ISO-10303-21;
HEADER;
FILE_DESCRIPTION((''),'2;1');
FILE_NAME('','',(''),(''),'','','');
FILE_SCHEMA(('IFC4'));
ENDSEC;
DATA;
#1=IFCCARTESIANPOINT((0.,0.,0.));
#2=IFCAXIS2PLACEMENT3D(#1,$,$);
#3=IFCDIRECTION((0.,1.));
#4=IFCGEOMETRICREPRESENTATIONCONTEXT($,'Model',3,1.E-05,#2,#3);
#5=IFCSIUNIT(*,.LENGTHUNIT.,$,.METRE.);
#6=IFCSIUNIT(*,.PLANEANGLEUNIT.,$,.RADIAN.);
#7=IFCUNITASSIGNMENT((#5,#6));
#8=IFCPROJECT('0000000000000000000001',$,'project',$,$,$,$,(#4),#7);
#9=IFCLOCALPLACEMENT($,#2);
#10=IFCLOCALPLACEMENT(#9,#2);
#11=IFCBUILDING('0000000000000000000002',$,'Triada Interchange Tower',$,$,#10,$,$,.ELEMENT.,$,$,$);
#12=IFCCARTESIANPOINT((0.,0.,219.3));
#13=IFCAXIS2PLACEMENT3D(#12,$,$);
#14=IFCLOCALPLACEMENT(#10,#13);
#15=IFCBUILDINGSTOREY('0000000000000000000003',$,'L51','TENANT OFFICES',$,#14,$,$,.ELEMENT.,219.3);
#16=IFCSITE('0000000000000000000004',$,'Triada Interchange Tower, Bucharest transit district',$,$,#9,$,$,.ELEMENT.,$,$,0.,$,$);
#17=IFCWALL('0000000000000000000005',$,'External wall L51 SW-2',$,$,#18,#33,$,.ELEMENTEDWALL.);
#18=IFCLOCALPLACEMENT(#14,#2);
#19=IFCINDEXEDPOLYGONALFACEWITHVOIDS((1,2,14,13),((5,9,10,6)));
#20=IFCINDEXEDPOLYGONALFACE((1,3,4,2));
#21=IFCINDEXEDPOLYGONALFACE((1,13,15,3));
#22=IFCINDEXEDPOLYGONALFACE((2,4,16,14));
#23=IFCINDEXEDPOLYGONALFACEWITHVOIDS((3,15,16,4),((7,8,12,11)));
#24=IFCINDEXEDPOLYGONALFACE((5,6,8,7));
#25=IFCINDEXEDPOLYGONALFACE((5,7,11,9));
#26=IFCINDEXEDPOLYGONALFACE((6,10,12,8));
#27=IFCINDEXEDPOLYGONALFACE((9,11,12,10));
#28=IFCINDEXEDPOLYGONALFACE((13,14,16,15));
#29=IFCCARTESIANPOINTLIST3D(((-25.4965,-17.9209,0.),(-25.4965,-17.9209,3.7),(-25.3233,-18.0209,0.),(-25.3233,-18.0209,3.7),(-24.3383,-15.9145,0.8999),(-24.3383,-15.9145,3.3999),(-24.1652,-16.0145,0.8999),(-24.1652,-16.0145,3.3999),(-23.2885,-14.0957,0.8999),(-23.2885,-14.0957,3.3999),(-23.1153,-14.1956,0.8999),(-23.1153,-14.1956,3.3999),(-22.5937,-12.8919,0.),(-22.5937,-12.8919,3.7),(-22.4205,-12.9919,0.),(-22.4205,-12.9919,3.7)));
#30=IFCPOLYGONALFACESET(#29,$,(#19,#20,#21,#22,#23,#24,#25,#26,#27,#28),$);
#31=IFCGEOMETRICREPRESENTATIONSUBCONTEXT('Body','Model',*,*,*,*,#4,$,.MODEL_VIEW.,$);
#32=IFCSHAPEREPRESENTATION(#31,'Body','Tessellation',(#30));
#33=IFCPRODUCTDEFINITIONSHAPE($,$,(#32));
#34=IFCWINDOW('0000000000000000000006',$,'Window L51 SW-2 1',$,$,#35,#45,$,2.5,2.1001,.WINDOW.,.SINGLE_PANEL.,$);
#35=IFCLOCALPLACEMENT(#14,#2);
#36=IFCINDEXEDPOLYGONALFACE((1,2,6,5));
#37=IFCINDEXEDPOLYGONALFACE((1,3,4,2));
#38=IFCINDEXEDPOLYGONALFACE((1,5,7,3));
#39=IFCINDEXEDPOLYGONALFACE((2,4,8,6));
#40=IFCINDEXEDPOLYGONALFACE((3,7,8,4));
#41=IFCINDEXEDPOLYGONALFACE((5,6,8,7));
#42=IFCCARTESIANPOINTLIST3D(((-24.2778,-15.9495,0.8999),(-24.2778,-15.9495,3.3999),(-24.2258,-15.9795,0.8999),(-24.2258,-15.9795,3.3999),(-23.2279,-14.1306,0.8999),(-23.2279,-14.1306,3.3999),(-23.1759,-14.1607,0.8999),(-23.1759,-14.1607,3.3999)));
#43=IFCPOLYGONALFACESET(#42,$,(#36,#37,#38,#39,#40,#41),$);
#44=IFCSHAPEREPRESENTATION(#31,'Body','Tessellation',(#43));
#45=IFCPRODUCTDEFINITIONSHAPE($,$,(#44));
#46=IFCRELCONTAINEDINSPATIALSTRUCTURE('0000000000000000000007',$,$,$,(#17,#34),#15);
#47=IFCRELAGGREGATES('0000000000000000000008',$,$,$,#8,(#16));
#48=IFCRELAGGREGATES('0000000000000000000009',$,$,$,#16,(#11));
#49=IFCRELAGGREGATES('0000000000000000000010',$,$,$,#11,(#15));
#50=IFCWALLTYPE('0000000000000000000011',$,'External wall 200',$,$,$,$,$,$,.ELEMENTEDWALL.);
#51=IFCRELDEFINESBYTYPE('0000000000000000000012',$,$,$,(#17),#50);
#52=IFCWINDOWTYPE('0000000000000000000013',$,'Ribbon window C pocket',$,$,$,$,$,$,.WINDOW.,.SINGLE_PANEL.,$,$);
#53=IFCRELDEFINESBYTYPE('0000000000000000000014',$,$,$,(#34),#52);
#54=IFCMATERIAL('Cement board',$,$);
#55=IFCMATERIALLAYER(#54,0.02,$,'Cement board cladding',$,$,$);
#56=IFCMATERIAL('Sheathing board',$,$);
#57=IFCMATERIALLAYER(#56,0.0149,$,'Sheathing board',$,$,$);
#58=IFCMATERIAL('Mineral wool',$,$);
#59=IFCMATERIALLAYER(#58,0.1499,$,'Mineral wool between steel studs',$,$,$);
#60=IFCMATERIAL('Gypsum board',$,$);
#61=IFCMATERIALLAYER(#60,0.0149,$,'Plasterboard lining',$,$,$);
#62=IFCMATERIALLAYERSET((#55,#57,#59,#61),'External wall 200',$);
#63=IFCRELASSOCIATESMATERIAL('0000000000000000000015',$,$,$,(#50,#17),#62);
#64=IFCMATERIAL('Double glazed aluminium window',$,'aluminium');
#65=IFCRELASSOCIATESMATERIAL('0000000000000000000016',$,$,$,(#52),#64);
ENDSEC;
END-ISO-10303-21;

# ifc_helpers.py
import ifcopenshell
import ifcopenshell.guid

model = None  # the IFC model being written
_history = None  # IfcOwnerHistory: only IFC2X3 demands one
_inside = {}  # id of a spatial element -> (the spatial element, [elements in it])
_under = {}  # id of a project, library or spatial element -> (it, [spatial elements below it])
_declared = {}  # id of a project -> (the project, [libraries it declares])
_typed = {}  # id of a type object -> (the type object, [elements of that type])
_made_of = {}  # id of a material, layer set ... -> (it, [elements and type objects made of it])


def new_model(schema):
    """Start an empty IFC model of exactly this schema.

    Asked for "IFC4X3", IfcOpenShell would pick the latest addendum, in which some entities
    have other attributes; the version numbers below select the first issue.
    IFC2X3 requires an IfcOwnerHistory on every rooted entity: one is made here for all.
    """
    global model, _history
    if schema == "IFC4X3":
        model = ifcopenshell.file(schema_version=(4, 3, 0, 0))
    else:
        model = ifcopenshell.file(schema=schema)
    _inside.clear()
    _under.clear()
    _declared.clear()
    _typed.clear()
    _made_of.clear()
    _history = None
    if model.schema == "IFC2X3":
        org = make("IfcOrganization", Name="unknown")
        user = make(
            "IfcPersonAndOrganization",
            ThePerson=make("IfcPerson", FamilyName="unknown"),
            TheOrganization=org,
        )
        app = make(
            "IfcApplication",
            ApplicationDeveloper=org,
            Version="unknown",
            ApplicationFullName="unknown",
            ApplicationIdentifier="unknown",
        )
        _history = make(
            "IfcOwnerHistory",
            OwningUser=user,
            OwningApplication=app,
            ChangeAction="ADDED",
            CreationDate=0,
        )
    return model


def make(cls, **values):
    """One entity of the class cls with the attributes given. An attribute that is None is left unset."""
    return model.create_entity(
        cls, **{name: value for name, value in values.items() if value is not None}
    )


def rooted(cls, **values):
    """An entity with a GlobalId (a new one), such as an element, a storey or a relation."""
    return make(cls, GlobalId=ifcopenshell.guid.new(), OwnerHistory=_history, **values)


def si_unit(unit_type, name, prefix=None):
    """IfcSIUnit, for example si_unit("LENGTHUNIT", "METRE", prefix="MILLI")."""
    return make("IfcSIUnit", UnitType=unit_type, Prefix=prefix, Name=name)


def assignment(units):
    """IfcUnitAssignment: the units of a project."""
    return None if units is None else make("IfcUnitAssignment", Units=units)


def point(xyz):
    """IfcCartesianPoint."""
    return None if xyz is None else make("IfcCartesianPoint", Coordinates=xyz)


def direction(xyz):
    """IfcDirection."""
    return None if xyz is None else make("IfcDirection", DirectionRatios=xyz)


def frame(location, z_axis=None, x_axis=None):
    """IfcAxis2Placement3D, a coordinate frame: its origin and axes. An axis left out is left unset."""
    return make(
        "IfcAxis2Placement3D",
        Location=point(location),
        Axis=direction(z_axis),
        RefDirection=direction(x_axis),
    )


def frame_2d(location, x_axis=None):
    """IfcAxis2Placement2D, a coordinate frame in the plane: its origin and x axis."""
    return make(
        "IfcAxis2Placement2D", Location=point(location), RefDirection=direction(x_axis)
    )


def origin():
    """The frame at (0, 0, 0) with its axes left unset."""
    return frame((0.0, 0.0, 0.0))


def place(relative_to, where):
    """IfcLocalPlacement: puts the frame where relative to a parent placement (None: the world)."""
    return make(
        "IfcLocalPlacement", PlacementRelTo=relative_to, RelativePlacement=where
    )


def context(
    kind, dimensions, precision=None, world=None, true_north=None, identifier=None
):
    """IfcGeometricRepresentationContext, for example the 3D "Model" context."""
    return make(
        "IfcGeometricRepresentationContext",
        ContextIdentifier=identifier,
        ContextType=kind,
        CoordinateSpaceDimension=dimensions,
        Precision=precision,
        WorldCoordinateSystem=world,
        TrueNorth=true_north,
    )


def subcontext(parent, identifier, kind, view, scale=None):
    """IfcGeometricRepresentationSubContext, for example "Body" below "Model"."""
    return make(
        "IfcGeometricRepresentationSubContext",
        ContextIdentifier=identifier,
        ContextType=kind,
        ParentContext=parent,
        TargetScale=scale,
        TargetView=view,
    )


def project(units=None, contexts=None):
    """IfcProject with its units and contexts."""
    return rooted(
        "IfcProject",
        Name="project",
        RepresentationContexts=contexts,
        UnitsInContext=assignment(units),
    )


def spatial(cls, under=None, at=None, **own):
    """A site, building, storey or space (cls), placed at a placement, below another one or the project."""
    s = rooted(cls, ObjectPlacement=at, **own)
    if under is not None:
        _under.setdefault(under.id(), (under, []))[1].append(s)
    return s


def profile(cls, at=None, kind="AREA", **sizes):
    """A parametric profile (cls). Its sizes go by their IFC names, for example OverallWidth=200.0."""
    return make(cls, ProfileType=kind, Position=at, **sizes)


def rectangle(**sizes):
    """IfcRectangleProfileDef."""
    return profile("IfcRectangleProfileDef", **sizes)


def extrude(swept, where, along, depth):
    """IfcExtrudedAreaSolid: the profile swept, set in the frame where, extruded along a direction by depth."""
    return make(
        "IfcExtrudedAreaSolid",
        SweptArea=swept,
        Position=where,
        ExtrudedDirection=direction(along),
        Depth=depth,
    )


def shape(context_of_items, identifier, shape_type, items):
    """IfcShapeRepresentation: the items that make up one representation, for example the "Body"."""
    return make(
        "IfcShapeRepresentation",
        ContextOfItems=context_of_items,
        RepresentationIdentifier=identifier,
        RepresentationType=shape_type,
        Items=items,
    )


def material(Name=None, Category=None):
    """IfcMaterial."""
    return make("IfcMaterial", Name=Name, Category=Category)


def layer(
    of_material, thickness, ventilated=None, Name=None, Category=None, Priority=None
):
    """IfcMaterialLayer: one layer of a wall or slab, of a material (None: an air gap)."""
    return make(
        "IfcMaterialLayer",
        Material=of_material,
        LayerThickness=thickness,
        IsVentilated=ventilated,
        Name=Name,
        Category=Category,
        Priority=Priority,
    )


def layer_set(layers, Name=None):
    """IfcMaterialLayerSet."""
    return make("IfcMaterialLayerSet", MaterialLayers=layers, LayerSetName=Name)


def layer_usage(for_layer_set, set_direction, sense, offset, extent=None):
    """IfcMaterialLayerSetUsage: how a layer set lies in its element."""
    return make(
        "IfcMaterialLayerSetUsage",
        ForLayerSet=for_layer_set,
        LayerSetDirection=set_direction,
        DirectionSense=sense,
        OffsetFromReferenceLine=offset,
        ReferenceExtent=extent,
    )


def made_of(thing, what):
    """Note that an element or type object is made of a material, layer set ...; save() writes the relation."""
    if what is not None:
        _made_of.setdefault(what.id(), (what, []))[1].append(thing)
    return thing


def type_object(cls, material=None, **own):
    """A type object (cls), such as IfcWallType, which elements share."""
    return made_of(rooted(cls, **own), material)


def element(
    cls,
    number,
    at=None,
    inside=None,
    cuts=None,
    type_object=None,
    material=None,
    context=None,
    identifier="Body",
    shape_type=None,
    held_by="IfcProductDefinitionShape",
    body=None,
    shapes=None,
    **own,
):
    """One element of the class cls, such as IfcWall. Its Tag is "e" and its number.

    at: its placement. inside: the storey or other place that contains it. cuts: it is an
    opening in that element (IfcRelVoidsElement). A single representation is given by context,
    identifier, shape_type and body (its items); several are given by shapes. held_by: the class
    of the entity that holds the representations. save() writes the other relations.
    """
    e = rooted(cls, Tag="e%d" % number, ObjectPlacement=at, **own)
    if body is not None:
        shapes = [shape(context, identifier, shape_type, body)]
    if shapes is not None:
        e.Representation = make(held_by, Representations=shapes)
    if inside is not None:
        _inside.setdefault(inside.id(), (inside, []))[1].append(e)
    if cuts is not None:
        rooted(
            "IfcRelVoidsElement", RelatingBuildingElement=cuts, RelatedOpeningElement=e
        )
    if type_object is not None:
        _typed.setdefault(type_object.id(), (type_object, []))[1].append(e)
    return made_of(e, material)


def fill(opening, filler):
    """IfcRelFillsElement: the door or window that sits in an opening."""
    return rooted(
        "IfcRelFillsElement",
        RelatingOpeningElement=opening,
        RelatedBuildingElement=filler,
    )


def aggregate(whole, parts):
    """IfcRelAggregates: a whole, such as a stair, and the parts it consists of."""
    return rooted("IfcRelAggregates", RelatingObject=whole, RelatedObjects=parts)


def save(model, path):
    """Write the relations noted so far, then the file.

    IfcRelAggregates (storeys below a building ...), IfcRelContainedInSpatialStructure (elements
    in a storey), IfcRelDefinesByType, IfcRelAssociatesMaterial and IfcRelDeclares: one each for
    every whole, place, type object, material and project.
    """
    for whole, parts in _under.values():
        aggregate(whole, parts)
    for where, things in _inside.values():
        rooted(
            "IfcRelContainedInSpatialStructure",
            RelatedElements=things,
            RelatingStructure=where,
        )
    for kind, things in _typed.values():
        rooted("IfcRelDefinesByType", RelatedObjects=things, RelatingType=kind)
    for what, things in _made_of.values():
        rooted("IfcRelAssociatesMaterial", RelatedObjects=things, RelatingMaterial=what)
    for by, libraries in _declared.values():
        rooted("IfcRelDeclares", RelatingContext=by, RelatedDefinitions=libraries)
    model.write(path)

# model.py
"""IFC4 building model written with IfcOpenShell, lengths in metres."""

from ifc_helpers import new_model, si_unit, direction, frame, frame_2d, origin, place, context, subcontext, project, spatial, rectangle, extrude, material, layer, layer_set, layer_usage, type_object, element, fill, save


model = new_model("IFC4")

# Units and contexts
model_context = context("Model", 3, precision=1e-05, world=origin(), true_north=direction((0.0, 1.0)))
body_context = subcontext(model_context, "Body", "Model", "MODEL_VIEW")
ifc_project = project(units=[si_unit("LENGTHUNIT", "METRE"), si_unit("PLANEANGLEUNIT", "RADIAN")], contexts=[model_context])

# Site, building, storey
site_placement = place(None, origin())
site = spatial("IfcSite", under=ifc_project, at=site_placement, Name="Triada Interchange Tower, Bucharest transit district", CompositionType="ELEMENT", RefElevation=0.0)
building_placement = place(site_placement, origin())
building = spatial("IfcBuilding", under=site, at=building_placement, Name="Triada Interchange Tower", CompositionType="ELEMENT")
storey_placement = place(building_placement, frame((0.0, 0.0, 219.3)))
storey = spatial("IfcBuildingStorey", under=building, at=storey_placement, Name="L51", Description="TENANT OFFICES", CompositionType="ELEMENT", Elevation=219.3)

# Wall, opening, window
ifc_material_1 = material(Name="Cement board")
ifc_layer_1 = layer(ifc_material_1, 0.02, Name="Cement board cladding")
ifc_material_2 = material(Name="Sheathing board")
ifc_layer_2 = layer(ifc_material_2, 0.0149, Name="Sheathing board")
ifc_material_3 = material(Name="Mineral wool")
ifc_layer_3 = layer(ifc_material_3, 0.1499, Name="Mineral wool between steel studs")
ifc_material_4 = material(Name="Gypsum board")
ifc_layer_4 = layer(ifc_material_4, 0.0149, Name="Plasterboard lining")
ifc_layer_set_1 = layer_set([ifc_layer_1, ifc_layer_2, ifc_layer_3, ifc_layer_4], Name="External wall 200")
ifc_layer_usage = layer_usage(ifc_layer_set_1, "AXIS2", "POSITIVE", -0.1001)
wall_type_1 = type_object("IfcWallType", Name="External wall 200", PredefinedType="ELEMENTEDWALL", material=ifc_layer_set_1)
ifc_material_5 = material(Name="Double glazed aluminium window", Category="aluminium")
window_type_1 = type_object("IfcWindowType", Name="Ribbon window C pocket", PartitioningType="SINGLE_PANEL", PredefinedType="WINDOW", material=ifc_material_5)
wall_1_placement = place(storey_placement, frame((-22.5071, -12.9419, 0.0), z_axis=(0.0, 0.0, 1.0), x_axis=(-0.49991, -0.866077, 0.0)))
wall_1 = element("IfcWall", 1, at=wall_1_placement, inside=storey, type_object=wall_type_1, material=ifc_layer_usage, Name="External wall L51 SW-2", PredefinedType="ELEMENTEDWALL", context=body_context, shape_type="SweptSolid", body=[
    extrude(rectangle(XDim=5.8066, YDim=0.2, at=frame_2d((2.9033, 0.0))), origin(), (0.0, 0.0, 1.0), 3.7),
])
opening_1_placement = place(wall_1_placement, frame((1.3899, 0.0, 0.8999)))
opening_1 = element("IfcOpeningElement", 2, at=opening_1_placement, cuts=wall_1, PredefinedType="OPENING", context=body_context, shape_type="SweptSolid", body=[
    extrude(rectangle(XDim=2.1001, YDim=2.5, at=frame_2d((1.05, 1.25))), frame((0.0, 0.1099, 0.0), z_axis=(0.0, -1.0, 0.0), x_axis=(1.0, 0.0, 0.0)), (0.0, 0.0, 1.0), 0.22),
])
window_1_placement = place(opening_1_placement, origin())
window_1 = element("IfcWindow", 3, at=window_1_placement, inside=storey, type_object=window_type_1, Name="Window L51 SW-2 1", OverallHeight=2.5, OverallWidth=2.1001, PartitioningType="SINGLE_PANEL", PredefinedType="WINDOW", context=body_context, shape_type="SweptSolid", body=[
    extrude(rectangle(XDim=2.1001, YDim=2.5, at=frame_2d((1.05, 1.25))), frame((0.0, 0.03, 0.0), z_axis=(0.0, -1.0, 0.0), x_axis=(1.0, 0.0, 0.0)), (0.0, 0.0, 1.0), 0.0601),
])
fill(opening_1, window_1)

save(model, "model.ifc")
